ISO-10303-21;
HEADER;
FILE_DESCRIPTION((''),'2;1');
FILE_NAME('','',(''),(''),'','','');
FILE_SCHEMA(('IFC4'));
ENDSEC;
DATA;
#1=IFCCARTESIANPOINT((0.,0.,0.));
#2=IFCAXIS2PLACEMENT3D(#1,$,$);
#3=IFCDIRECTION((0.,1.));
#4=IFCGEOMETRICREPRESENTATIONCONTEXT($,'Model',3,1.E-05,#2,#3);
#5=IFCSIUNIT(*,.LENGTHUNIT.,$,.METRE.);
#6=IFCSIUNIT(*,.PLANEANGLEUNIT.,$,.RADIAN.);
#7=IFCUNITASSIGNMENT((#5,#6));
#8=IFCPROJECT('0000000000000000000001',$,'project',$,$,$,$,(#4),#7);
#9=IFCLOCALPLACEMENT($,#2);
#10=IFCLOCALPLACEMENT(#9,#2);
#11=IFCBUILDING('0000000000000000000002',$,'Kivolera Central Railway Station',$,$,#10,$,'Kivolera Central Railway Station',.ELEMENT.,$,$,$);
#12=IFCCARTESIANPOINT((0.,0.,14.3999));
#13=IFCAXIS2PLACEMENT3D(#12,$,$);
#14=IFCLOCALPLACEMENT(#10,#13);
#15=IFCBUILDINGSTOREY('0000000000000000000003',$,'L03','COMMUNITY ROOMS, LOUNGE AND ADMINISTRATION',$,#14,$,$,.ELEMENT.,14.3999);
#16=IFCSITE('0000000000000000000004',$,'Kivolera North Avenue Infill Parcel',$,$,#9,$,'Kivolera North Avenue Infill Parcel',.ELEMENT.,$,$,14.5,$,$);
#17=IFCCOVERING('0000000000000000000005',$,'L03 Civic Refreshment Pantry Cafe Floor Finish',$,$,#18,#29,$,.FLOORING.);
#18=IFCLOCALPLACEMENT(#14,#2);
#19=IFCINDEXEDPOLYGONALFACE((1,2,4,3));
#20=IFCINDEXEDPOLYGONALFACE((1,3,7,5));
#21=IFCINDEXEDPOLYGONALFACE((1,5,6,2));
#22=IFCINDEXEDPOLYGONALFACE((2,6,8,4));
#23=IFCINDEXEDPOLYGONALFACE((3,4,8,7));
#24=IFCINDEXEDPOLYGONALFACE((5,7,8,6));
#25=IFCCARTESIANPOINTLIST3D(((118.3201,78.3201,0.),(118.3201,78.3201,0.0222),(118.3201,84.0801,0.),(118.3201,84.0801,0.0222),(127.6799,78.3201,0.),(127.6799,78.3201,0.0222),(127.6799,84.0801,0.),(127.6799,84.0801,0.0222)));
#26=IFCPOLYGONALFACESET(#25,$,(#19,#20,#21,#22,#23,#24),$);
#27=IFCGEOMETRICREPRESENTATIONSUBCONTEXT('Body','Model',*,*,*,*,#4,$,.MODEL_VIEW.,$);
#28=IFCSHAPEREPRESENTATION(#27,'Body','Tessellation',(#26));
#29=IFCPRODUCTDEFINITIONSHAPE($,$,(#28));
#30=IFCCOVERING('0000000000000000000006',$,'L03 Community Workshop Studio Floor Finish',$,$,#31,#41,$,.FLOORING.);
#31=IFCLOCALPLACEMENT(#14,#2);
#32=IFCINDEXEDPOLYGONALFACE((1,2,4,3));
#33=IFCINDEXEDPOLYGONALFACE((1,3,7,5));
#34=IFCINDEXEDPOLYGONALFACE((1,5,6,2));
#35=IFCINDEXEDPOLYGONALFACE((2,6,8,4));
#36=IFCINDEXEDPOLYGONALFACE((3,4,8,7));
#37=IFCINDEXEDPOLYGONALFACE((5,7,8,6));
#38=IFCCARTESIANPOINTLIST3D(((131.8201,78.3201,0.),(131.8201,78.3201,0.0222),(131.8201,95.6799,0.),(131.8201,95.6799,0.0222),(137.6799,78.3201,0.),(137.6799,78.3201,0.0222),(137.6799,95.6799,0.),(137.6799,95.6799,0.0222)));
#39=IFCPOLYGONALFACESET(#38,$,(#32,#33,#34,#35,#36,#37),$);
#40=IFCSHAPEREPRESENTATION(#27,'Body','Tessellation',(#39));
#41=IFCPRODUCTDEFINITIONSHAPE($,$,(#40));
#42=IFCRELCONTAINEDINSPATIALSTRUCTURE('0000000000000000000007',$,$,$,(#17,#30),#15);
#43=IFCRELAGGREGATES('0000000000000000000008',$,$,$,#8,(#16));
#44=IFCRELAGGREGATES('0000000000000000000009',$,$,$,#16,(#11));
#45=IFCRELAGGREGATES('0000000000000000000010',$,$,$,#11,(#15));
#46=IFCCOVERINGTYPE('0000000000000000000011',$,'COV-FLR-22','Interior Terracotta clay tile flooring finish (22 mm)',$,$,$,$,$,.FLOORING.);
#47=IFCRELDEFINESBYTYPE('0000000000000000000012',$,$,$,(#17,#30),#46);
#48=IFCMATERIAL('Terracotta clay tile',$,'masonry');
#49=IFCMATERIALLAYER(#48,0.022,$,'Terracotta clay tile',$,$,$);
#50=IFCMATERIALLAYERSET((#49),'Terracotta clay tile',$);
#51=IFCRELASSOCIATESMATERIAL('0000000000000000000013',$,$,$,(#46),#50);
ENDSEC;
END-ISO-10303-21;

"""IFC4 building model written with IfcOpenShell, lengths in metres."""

from ifc_helpers import new_model, si_unit, direction, frame, origin, place, context, subcontext, project, spatial, polyline, outline, extrude, material, layer, layer_set, type_object, element, save


model = new_model("IFC4")

# Units and contexts
model_context = context("Model", 3, precision=1e-05, world=origin(), true_north=direction((0.0, 1.0)))
body_context = subcontext(model_context, "Body", "Model", "MODEL_VIEW")
ifc_project = project(units=[si_unit("LENGTHUNIT", "METRE"), si_unit("PLANEANGLEUNIT", "RADIAN")], contexts=[model_context])

# Site, building, storey
site_placement = place(None, origin())
site = spatial("IfcSite", under=ifc_project, at=site_placement, Name="Kivolera North Avenue Infill Parcel", LongName="Kivolera North Avenue Infill Parcel", CompositionType="ELEMENT", RefElevation=14.5)
building_placement = place(site_placement, origin())
building = spatial("IfcBuilding", under=site, at=building_placement, Name="Kivolera Central Railway Station", LongName="Kivolera Central Railway Station", CompositionType="ELEMENT")
storey_placement = place(building_placement, frame((0.0, 0.0, 14.3999)))
storey = spatial("IfcBuildingStorey", under=building, at=storey_placement, Name="L03", Description="COMMUNITY ROOMS, LOUNGE AND ADMINISTRATION", CompositionType="ELEMENT", Elevation=14.3999)

# Coverings
ifc_material_1 = material(Name="Terracotta clay tile", Category="masonry")
ifc_layer_1 = layer(ifc_material_1, 0.022, Name="Terracotta clay tile")
ifc_layer_set_1 = layer_set([ifc_layer_1], Name="Terracotta clay tile")
covering_type_1 = type_object("IfcCoveringType", Name="COV-FLR-22", Description="Interior Terracotta clay tile flooring finish (22 mm)", PredefinedType="FLOORING", material=ifc_layer_set_1)
covering_1_placement = place(storey_placement, origin())
element("IfcCovering", 1, at=covering_1_placement, inside=storey, type_object=covering_type_1, Name="L03 Civic Refreshment Pantry Cafe Floor Finish", PredefinedType="FLOORING", context=body_context, shape_type="SweptSolid", body=[
    extrude(outline(polyline([(118.3201, 78.3201), (127.6799, 78.3201), (127.6799, 84.0801), (118.3201, 84.0801), (118.3201, 78.3201)])), origin(), (0.0, 0.0, 1.0), 0.0222),
])
covering_2_placement = place(storey_placement, origin())
element("IfcCovering", 2, at=covering_2_placement, inside=storey, type_object=covering_type_1, Name="L03 Community Workshop Studio Floor Finish", PredefinedType="FLOORING", context=body_context, shape_type="SweptSolid", body=[
    extrude(outline(polyline([(131.8201, 78.3201), (137.6799, 78.3201), (137.6799, 95.6799), (131.8201, 95.6799), (131.8201, 78.3201)])), origin(), (0.0, 0.0, 1.0), 0.0222),
])

save(model, "model.ifc")
